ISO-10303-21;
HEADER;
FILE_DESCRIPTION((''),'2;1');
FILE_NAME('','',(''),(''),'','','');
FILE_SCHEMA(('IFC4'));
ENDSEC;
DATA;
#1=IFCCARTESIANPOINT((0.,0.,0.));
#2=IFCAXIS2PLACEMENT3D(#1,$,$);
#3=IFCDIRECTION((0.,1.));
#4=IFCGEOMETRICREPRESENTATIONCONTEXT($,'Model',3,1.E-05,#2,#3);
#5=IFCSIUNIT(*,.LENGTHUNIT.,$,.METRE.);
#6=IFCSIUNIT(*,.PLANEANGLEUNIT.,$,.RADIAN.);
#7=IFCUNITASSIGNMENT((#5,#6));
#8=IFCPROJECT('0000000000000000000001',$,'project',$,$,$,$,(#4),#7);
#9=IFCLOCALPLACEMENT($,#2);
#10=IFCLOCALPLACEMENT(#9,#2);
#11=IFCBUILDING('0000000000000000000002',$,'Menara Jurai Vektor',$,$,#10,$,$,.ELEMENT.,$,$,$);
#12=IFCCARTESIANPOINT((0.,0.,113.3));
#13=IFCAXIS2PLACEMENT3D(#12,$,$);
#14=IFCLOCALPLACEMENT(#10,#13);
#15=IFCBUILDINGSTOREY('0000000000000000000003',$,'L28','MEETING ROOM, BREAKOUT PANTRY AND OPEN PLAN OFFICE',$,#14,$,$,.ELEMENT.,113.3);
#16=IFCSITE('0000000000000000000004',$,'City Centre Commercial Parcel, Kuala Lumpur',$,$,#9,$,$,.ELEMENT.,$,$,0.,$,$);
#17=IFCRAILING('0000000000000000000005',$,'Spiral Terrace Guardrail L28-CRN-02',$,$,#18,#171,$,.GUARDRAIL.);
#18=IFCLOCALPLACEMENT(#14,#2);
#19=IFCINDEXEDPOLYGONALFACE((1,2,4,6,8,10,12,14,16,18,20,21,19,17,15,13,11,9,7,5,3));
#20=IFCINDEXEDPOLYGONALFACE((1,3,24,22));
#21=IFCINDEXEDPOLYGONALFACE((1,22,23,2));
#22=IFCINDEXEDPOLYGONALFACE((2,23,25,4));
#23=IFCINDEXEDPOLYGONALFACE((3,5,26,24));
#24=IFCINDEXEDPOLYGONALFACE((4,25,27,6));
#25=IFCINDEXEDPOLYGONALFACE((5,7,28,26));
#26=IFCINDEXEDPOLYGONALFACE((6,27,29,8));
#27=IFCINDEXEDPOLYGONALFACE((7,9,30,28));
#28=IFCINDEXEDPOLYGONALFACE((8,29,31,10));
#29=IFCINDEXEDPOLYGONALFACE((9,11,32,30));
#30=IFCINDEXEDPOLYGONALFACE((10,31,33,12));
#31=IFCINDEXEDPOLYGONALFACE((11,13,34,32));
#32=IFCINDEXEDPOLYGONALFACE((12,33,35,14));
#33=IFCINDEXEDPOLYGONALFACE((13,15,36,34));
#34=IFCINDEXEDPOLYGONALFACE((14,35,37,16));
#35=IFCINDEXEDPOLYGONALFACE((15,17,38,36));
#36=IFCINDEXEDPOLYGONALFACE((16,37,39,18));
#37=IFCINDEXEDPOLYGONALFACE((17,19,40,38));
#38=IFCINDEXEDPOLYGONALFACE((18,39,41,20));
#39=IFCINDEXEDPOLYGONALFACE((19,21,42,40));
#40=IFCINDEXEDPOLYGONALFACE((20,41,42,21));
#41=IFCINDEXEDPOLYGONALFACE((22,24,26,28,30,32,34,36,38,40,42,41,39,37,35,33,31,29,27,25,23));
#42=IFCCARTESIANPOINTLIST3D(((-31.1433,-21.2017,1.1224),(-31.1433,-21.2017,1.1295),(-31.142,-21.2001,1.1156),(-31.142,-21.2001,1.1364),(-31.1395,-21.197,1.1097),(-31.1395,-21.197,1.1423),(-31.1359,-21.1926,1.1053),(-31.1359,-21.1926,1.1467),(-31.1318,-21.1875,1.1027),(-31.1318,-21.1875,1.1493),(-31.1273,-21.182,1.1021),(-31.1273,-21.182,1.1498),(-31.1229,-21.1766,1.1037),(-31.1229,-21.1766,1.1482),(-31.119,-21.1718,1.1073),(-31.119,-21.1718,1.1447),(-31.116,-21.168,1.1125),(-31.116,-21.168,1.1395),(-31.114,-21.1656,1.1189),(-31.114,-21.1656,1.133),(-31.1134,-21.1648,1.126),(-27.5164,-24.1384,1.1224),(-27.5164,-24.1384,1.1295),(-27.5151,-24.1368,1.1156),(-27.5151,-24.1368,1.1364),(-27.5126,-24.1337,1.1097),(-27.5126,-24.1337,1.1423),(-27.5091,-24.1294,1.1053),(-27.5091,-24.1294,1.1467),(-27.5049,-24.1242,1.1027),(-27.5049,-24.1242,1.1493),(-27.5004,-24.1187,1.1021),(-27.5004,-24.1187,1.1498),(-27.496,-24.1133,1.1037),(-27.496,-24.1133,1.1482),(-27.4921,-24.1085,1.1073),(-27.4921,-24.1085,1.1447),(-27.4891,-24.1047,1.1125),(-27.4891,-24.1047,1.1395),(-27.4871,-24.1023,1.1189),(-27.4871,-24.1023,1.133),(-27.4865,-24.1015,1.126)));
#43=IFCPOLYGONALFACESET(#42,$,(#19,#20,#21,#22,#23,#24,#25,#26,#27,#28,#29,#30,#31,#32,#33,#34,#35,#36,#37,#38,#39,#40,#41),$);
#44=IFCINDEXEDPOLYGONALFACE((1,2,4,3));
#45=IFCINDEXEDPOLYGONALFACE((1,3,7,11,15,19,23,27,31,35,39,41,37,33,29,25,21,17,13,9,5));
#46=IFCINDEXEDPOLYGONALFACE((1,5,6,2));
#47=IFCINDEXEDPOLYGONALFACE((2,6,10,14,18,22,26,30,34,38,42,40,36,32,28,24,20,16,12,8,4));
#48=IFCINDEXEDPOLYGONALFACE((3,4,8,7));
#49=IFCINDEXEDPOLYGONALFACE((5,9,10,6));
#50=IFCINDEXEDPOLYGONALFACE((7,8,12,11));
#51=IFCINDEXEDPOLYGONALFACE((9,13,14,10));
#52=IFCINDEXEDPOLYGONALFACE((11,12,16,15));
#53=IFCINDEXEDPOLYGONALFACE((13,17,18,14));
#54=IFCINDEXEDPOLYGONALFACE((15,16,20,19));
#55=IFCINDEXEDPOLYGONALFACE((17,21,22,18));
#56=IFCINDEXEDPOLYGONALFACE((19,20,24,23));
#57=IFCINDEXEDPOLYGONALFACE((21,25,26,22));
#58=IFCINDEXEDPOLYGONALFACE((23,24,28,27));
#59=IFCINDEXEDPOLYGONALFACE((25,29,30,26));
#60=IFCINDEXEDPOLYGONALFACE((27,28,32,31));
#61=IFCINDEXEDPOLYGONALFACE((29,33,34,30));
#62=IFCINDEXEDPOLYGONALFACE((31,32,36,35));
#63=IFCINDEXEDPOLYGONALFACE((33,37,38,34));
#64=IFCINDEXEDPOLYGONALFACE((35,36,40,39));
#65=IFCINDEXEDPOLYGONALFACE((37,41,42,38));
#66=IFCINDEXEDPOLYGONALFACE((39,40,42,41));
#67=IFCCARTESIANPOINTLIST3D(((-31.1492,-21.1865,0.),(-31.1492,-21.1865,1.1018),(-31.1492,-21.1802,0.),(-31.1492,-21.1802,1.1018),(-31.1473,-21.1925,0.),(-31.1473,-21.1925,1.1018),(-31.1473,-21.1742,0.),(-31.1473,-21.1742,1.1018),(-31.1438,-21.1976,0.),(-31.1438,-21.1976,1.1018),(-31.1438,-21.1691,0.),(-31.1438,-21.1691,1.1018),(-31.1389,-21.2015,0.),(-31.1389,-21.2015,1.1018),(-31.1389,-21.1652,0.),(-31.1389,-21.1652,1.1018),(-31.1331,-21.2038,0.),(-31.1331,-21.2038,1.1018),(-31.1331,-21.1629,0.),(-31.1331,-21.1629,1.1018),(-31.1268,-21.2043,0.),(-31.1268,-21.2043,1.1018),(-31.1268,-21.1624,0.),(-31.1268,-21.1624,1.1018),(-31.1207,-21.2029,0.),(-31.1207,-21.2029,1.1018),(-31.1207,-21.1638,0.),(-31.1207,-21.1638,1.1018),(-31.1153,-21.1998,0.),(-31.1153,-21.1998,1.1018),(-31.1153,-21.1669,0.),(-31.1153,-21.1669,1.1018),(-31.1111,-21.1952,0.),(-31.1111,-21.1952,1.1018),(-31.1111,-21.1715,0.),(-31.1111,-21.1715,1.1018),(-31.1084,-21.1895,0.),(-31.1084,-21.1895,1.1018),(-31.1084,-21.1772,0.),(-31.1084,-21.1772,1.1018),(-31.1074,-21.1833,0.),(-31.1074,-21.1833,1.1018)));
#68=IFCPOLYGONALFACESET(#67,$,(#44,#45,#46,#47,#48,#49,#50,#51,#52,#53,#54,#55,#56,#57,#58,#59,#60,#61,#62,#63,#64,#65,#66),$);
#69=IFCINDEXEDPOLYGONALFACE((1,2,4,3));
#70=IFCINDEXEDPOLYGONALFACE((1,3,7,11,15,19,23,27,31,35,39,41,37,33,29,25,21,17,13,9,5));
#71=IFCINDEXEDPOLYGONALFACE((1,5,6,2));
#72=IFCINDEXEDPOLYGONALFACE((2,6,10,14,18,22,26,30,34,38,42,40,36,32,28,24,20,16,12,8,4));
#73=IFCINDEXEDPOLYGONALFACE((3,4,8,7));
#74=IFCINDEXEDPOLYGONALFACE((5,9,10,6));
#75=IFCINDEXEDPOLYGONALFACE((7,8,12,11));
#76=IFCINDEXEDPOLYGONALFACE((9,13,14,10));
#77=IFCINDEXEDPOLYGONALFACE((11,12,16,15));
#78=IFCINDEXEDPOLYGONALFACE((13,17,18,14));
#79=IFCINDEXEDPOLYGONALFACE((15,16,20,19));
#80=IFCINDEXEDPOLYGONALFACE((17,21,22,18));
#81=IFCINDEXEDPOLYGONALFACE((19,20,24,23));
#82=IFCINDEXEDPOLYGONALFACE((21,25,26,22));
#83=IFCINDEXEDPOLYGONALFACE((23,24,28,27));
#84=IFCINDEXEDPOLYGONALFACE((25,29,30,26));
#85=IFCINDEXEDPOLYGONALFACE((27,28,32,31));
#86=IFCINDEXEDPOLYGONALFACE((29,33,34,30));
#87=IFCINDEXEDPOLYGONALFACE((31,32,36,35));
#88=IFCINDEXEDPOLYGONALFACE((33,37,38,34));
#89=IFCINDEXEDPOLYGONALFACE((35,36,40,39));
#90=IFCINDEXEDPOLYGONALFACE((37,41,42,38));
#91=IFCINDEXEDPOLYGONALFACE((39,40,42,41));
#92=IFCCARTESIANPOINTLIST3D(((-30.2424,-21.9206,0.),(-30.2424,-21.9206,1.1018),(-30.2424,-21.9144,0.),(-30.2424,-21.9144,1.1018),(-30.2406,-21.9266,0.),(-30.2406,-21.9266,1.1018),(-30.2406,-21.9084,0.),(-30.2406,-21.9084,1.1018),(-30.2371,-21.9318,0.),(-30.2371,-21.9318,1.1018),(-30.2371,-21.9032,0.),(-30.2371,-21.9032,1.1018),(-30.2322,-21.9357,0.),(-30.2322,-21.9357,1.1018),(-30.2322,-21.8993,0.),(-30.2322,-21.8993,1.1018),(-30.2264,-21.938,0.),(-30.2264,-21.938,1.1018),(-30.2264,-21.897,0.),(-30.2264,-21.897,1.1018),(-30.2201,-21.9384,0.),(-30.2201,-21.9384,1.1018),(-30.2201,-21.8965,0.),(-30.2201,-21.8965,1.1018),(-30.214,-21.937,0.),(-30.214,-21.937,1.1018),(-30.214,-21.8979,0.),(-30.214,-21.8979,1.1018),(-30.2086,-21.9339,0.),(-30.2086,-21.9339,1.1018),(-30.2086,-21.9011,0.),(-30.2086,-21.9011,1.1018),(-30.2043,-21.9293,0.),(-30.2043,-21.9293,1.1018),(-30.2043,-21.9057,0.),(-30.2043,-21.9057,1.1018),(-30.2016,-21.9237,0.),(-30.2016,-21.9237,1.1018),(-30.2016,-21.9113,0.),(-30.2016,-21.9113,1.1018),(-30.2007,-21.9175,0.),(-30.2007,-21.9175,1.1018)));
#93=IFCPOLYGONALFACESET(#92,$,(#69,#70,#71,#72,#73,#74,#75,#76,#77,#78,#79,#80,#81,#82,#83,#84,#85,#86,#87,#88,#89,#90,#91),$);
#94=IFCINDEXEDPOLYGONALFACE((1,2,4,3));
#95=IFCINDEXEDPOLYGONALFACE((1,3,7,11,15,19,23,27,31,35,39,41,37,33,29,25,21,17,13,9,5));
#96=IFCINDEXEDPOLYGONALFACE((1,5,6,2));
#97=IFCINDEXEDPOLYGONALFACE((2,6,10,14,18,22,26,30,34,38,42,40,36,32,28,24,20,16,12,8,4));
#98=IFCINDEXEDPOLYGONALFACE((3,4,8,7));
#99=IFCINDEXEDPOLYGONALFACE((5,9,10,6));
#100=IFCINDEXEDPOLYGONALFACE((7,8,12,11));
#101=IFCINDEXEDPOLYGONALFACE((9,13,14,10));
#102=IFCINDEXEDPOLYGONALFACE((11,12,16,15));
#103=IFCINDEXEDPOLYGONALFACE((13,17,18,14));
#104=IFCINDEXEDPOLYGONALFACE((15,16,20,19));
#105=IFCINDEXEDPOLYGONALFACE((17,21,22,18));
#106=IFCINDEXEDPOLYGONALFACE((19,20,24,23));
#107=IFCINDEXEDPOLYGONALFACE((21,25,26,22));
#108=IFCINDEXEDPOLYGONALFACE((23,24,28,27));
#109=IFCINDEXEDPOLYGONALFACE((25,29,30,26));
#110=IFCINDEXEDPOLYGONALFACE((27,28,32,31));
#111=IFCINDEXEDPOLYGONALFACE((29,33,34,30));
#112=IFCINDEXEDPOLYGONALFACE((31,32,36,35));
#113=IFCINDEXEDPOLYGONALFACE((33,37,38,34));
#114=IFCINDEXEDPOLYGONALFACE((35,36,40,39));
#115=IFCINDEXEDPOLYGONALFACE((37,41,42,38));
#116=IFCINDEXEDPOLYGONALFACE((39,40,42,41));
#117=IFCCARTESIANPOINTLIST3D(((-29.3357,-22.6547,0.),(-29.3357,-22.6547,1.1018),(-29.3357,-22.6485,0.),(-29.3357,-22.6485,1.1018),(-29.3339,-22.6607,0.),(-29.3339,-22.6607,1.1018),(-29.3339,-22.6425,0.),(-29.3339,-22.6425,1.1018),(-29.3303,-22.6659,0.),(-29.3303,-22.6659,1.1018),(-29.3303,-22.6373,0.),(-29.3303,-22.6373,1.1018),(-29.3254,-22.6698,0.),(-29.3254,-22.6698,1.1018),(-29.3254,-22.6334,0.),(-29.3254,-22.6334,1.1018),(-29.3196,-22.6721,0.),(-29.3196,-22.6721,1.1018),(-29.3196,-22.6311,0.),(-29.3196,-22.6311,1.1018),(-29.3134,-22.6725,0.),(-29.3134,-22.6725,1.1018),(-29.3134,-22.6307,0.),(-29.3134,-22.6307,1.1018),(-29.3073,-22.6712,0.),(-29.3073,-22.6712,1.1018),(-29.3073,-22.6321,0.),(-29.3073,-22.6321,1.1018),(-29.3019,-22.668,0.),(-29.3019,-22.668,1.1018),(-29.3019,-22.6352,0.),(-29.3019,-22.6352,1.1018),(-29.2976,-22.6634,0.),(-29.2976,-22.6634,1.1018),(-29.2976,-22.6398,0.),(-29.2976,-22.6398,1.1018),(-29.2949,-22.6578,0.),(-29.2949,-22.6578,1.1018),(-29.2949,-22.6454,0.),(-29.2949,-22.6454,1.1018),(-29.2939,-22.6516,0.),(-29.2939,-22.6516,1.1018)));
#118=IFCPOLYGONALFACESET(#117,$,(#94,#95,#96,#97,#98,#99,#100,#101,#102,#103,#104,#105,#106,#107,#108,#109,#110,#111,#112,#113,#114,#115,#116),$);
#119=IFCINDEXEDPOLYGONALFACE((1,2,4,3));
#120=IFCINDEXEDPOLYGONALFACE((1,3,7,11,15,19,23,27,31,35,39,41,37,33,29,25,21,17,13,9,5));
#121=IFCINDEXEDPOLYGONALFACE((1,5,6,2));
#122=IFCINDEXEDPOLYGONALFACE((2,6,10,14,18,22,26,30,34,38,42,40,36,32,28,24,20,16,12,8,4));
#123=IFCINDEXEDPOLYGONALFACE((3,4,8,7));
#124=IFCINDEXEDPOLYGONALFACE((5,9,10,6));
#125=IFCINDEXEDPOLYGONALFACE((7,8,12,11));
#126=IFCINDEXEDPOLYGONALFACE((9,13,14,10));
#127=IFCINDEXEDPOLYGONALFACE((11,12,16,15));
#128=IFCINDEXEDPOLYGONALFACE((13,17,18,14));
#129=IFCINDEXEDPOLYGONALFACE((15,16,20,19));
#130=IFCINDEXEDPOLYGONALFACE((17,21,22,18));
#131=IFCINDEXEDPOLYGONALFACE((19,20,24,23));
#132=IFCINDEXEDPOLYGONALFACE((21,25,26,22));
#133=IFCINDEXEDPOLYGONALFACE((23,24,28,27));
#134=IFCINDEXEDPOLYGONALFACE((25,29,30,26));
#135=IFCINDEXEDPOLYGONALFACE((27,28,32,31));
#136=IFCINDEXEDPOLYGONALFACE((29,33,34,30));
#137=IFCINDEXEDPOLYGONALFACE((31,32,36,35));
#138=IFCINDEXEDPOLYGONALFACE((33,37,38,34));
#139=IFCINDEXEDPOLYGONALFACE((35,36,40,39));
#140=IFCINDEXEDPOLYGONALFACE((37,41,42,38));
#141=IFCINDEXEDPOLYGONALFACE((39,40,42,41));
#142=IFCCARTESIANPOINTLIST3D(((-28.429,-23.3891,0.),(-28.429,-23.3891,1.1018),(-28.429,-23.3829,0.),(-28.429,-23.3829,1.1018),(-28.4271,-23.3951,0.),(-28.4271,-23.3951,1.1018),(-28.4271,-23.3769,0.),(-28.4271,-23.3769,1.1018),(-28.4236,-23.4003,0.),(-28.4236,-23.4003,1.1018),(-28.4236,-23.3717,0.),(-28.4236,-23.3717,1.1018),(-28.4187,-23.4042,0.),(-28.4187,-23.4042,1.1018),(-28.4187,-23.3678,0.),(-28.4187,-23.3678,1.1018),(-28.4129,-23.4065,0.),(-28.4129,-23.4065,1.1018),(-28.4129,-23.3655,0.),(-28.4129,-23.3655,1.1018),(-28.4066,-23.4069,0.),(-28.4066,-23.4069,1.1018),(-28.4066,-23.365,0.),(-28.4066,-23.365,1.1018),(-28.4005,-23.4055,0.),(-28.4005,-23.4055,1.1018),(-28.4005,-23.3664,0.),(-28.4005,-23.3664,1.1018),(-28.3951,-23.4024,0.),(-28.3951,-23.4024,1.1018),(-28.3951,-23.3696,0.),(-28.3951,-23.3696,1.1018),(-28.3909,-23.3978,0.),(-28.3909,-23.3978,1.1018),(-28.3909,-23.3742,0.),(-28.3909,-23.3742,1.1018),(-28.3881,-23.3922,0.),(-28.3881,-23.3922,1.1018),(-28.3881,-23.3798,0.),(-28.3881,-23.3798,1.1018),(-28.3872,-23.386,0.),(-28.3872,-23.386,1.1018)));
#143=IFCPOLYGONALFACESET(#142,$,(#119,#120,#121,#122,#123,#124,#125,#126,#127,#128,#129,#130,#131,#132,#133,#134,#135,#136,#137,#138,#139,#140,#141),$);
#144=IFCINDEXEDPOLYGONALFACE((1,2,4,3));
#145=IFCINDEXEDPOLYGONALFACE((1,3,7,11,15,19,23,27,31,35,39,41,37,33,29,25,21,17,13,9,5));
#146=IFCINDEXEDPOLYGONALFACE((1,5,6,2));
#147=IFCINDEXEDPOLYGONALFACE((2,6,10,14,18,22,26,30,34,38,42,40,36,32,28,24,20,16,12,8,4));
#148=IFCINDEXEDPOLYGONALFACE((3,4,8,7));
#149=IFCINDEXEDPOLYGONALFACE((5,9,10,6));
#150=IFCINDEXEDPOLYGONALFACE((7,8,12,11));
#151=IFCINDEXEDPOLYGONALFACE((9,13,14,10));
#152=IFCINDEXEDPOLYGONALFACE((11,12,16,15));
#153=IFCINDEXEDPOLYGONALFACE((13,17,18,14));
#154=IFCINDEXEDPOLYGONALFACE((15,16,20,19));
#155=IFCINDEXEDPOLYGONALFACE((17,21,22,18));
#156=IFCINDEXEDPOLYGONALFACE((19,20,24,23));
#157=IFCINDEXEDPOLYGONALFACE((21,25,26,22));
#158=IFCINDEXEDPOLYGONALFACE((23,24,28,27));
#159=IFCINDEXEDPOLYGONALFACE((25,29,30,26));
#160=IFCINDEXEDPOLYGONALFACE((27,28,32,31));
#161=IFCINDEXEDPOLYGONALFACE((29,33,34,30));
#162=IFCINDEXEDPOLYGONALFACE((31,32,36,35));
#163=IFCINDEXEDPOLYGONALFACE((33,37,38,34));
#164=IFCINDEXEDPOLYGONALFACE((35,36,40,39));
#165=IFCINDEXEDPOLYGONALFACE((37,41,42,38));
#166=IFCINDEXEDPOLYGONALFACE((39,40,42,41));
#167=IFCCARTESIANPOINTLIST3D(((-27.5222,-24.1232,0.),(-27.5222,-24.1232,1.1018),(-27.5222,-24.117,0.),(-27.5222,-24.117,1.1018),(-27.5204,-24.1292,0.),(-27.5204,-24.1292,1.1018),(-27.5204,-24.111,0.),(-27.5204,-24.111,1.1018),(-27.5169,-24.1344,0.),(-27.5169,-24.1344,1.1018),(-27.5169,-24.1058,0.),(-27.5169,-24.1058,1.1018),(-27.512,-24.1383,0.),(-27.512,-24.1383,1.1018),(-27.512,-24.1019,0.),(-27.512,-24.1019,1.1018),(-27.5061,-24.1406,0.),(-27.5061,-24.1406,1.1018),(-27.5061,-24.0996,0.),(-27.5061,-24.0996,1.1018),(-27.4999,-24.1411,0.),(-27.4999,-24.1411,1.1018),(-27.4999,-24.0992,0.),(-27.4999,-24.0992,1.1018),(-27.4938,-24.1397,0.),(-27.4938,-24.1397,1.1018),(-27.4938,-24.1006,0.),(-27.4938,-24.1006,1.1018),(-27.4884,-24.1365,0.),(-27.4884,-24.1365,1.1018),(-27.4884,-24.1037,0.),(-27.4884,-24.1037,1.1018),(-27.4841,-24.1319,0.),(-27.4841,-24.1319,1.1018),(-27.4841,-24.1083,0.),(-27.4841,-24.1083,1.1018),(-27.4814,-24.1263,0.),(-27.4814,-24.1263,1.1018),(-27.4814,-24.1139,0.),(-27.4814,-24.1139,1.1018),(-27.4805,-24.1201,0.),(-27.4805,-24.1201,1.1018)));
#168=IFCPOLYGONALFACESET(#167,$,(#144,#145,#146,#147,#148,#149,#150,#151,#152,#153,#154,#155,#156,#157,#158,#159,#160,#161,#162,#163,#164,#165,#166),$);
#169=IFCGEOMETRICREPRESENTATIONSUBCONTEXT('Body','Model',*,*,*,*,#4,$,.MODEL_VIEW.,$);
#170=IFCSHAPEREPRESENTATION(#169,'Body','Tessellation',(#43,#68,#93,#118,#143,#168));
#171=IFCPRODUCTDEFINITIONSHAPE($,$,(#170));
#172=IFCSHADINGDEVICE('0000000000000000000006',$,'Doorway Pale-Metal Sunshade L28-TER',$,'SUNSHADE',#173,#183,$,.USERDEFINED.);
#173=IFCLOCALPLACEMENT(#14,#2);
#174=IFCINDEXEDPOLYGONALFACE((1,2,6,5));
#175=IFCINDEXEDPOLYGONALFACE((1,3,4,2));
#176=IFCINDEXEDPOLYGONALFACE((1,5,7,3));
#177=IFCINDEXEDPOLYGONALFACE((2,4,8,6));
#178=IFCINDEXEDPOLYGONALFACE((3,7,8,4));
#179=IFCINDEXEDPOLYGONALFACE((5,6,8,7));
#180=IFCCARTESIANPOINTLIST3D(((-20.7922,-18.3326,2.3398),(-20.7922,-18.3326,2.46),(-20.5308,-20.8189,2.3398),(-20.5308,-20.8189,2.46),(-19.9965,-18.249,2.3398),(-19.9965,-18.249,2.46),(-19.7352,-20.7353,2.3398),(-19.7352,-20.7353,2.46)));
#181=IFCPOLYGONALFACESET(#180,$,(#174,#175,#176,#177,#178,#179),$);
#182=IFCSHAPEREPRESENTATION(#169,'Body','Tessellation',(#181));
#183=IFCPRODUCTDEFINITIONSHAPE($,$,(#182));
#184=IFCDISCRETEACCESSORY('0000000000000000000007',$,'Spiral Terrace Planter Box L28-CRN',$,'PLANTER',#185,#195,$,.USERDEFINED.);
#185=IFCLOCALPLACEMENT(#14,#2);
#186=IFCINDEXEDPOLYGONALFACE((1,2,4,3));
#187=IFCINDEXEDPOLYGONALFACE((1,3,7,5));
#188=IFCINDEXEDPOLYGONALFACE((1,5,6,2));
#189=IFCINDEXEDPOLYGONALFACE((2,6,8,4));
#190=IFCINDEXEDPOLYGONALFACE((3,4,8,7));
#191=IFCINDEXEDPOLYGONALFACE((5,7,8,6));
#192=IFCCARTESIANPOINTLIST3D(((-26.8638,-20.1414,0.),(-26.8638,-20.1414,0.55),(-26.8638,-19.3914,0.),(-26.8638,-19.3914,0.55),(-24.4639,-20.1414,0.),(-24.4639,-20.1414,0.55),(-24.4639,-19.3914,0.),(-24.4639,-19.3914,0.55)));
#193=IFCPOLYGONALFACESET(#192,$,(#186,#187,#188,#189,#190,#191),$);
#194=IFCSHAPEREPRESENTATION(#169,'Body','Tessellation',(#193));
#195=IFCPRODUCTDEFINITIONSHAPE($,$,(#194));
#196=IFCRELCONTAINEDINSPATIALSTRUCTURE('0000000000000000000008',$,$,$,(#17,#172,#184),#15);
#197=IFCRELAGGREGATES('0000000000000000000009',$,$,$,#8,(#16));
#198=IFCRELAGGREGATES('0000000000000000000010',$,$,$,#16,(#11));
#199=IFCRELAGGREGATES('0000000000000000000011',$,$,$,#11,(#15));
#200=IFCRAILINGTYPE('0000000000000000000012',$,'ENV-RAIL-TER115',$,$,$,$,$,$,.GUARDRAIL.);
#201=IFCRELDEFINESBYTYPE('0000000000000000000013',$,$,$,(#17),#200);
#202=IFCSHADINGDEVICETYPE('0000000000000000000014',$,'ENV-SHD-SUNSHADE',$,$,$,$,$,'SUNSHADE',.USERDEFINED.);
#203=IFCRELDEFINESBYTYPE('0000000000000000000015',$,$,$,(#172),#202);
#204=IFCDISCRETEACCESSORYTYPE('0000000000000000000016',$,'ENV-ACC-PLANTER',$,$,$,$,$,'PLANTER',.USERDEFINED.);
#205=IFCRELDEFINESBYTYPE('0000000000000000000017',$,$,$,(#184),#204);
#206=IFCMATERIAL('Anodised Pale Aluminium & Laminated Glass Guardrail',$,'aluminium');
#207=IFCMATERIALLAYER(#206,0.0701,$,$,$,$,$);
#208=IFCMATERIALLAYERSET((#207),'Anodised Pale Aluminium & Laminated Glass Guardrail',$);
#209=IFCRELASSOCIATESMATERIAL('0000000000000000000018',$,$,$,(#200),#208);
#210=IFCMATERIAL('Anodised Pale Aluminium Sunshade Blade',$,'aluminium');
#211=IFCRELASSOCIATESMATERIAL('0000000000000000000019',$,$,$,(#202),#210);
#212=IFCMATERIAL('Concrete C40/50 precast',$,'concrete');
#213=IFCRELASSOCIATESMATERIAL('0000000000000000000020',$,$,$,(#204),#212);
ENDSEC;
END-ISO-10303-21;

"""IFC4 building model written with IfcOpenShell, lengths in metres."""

from ifc_helpers import new_model, si_unit, direction, frame, origin, origin_2d, place, context, subcontext, project, spatial, rectangle, circle, extrude, material, layer, layer_set, type_object, element, save


model = new_model("IFC4")

# Units and contexts
model_context = context("Model", 3, precision=1e-05, world=origin(), true_north=direction((0.0, 1.0)))
body_context = subcontext(model_context, "Body", "Model", "MODEL_VIEW")
ifc_project = project(units=[si_unit("LENGTHUNIT", "METRE"), si_unit("PLANEANGLEUNIT", "RADIAN")], contexts=[model_context])

# Site, building, storey
site_placement = place(None, origin())
site = spatial("IfcSite", under=ifc_project, at=site_placement, Name="City Centre Commercial Parcel, Kuala Lumpur", CompositionType="ELEMENT", RefElevation=0.0)
building_placement = place(site_placement, origin())
building = spatial("IfcBuilding", under=site, at=building_placement, Name="Menara Jurai Vektor", CompositionType="ELEMENT")
storey_placement = place(building_placement, frame((0.0, 0.0, 113.3)))
storey = spatial("IfcBuildingStorey", under=building, at=storey_placement, Name="L28", Description="MEETING ROOM, BREAKOUT PANTRY AND OPEN PLAN OFFICE", CompositionType="ELEMENT", Elevation=113.3)

# Railing
ifc_material_1 = material(Name="Anodised Pale Aluminium & Laminated Glass Guardrail", Category="aluminium")
ifc_layer_1 = layer(ifc_material_1, 0.0701)
ifc_layer_set_1 = layer_set([ifc_layer_1], Name="Anodised Pale Aluminium & Laminated Glass Guardrail")
railing_type = type_object("IfcRailingType", Name="ENV-RAIL-TER115", PredefinedType="GUARDRAIL", material=ifc_layer_set_1)
railing_1_placement = place(storey_placement, frame((-31.1284, -21.1833, 0.0)))
element("IfcRailing", 1, at=railing_1_placement, inside=storey, type_object=railing_type, Name="Spiral Terrace Guardrail L28-CRN-02", PredefinedType="GUARDRAIL", context=body_context, shape_type="SweptSolid", body=[
    extrude(circle(Radius=0.0239, at=origin_2d()), frame((0.0, 0.0, 1.126), z_axis=(0.777175, -0.629284, 0.0), x_axis=(0.629284, 0.777175, 0.0)), (0.0, 0.0, 1.0), 4.6667),
    extrude(circle(Radius=0.021, at=origin_2d()), origin(), (0.0, 0.0, 1.0), 1.1018),
    extrude(circle(Radius=0.021, at=origin_2d()), frame((0.9067, -0.7341, 0.0)), (0.0, 0.0, 1.0), 1.1018),
    extrude(circle(Radius=0.021, at=origin_2d()), frame((1.8135, -1.4683, 0.0)), (0.0, 0.0, 1.0), 1.1018),
    extrude(circle(Radius=0.021, at=origin_2d()), frame((2.7202, -2.2026, 0.0)), (0.0, 0.0, 1.0), 1.1018),
    extrude(circle(Radius=0.021, at=origin_2d()), frame((3.627, -2.9368, 0.0)), (0.0, 0.0, 1.0), 1.1018),
])

# Shading device
ifc_material_2 = material(Name="Anodised Pale Aluminium Sunshade Blade", Category="aluminium")
shading_device_type = type_object("IfcShadingDeviceType", Name="ENV-SHD-SUNSHADE", ElementType="SUNSHADE", PredefinedType="USERDEFINED", material=ifc_material_2)
shading_device_placement = place(storey_placement, frame((-20.2637, -19.5339, 2.3398), z_axis=(0.0, 0.0, 1.0), x_axis=(0.104528, -0.994522, 0.0)))
element("IfcShadingDevice", 2, at=shading_device_placement, inside=storey, type_object=shading_device_type, Name="Doorway Pale-Metal Sunshade L28-TER", ObjectType="SUNSHADE", PredefinedType="USERDEFINED", context=body_context, shape_type="SweptSolid", body=[
    extrude(rectangle(XDim=2.5, YDim=0.8, at=origin_2d()), origin(), (0.0, 0.0, 1.0), 0.1201),
])

# Discrete accessory
ifc_material_3 = material(Name="Concrete C40/50 precast", Category="concrete")
discrete_accessory_type = type_object("IfcDiscreteAccessoryType", Name="ENV-ACC-PLANTER", ElementType="PLANTER", PredefinedType="USERDEFINED", material=ifc_material_3)
discrete_accessory_placement = place(storey_placement, frame((-25.6638, -19.7664, 0.0), z_axis=(0.0, 0.0, 1.0), x_axis=(1.0, 0.0, 0.0)))
element("IfcDiscreteAccessory", 3, at=discrete_accessory_placement, inside=storey, type_object=discrete_accessory_type, Name="Spiral Terrace Planter Box L28-CRN", ObjectType="PLANTER", PredefinedType="USERDEFINED", context=body_context, shape_type="SweptSolid", body=[
    extrude(rectangle(XDim=2.3999, YDim=0.75, at=origin_2d()), origin(), (0.0, 0.0, 1.0), 0.55),
])

save(model, "model.ifc")
